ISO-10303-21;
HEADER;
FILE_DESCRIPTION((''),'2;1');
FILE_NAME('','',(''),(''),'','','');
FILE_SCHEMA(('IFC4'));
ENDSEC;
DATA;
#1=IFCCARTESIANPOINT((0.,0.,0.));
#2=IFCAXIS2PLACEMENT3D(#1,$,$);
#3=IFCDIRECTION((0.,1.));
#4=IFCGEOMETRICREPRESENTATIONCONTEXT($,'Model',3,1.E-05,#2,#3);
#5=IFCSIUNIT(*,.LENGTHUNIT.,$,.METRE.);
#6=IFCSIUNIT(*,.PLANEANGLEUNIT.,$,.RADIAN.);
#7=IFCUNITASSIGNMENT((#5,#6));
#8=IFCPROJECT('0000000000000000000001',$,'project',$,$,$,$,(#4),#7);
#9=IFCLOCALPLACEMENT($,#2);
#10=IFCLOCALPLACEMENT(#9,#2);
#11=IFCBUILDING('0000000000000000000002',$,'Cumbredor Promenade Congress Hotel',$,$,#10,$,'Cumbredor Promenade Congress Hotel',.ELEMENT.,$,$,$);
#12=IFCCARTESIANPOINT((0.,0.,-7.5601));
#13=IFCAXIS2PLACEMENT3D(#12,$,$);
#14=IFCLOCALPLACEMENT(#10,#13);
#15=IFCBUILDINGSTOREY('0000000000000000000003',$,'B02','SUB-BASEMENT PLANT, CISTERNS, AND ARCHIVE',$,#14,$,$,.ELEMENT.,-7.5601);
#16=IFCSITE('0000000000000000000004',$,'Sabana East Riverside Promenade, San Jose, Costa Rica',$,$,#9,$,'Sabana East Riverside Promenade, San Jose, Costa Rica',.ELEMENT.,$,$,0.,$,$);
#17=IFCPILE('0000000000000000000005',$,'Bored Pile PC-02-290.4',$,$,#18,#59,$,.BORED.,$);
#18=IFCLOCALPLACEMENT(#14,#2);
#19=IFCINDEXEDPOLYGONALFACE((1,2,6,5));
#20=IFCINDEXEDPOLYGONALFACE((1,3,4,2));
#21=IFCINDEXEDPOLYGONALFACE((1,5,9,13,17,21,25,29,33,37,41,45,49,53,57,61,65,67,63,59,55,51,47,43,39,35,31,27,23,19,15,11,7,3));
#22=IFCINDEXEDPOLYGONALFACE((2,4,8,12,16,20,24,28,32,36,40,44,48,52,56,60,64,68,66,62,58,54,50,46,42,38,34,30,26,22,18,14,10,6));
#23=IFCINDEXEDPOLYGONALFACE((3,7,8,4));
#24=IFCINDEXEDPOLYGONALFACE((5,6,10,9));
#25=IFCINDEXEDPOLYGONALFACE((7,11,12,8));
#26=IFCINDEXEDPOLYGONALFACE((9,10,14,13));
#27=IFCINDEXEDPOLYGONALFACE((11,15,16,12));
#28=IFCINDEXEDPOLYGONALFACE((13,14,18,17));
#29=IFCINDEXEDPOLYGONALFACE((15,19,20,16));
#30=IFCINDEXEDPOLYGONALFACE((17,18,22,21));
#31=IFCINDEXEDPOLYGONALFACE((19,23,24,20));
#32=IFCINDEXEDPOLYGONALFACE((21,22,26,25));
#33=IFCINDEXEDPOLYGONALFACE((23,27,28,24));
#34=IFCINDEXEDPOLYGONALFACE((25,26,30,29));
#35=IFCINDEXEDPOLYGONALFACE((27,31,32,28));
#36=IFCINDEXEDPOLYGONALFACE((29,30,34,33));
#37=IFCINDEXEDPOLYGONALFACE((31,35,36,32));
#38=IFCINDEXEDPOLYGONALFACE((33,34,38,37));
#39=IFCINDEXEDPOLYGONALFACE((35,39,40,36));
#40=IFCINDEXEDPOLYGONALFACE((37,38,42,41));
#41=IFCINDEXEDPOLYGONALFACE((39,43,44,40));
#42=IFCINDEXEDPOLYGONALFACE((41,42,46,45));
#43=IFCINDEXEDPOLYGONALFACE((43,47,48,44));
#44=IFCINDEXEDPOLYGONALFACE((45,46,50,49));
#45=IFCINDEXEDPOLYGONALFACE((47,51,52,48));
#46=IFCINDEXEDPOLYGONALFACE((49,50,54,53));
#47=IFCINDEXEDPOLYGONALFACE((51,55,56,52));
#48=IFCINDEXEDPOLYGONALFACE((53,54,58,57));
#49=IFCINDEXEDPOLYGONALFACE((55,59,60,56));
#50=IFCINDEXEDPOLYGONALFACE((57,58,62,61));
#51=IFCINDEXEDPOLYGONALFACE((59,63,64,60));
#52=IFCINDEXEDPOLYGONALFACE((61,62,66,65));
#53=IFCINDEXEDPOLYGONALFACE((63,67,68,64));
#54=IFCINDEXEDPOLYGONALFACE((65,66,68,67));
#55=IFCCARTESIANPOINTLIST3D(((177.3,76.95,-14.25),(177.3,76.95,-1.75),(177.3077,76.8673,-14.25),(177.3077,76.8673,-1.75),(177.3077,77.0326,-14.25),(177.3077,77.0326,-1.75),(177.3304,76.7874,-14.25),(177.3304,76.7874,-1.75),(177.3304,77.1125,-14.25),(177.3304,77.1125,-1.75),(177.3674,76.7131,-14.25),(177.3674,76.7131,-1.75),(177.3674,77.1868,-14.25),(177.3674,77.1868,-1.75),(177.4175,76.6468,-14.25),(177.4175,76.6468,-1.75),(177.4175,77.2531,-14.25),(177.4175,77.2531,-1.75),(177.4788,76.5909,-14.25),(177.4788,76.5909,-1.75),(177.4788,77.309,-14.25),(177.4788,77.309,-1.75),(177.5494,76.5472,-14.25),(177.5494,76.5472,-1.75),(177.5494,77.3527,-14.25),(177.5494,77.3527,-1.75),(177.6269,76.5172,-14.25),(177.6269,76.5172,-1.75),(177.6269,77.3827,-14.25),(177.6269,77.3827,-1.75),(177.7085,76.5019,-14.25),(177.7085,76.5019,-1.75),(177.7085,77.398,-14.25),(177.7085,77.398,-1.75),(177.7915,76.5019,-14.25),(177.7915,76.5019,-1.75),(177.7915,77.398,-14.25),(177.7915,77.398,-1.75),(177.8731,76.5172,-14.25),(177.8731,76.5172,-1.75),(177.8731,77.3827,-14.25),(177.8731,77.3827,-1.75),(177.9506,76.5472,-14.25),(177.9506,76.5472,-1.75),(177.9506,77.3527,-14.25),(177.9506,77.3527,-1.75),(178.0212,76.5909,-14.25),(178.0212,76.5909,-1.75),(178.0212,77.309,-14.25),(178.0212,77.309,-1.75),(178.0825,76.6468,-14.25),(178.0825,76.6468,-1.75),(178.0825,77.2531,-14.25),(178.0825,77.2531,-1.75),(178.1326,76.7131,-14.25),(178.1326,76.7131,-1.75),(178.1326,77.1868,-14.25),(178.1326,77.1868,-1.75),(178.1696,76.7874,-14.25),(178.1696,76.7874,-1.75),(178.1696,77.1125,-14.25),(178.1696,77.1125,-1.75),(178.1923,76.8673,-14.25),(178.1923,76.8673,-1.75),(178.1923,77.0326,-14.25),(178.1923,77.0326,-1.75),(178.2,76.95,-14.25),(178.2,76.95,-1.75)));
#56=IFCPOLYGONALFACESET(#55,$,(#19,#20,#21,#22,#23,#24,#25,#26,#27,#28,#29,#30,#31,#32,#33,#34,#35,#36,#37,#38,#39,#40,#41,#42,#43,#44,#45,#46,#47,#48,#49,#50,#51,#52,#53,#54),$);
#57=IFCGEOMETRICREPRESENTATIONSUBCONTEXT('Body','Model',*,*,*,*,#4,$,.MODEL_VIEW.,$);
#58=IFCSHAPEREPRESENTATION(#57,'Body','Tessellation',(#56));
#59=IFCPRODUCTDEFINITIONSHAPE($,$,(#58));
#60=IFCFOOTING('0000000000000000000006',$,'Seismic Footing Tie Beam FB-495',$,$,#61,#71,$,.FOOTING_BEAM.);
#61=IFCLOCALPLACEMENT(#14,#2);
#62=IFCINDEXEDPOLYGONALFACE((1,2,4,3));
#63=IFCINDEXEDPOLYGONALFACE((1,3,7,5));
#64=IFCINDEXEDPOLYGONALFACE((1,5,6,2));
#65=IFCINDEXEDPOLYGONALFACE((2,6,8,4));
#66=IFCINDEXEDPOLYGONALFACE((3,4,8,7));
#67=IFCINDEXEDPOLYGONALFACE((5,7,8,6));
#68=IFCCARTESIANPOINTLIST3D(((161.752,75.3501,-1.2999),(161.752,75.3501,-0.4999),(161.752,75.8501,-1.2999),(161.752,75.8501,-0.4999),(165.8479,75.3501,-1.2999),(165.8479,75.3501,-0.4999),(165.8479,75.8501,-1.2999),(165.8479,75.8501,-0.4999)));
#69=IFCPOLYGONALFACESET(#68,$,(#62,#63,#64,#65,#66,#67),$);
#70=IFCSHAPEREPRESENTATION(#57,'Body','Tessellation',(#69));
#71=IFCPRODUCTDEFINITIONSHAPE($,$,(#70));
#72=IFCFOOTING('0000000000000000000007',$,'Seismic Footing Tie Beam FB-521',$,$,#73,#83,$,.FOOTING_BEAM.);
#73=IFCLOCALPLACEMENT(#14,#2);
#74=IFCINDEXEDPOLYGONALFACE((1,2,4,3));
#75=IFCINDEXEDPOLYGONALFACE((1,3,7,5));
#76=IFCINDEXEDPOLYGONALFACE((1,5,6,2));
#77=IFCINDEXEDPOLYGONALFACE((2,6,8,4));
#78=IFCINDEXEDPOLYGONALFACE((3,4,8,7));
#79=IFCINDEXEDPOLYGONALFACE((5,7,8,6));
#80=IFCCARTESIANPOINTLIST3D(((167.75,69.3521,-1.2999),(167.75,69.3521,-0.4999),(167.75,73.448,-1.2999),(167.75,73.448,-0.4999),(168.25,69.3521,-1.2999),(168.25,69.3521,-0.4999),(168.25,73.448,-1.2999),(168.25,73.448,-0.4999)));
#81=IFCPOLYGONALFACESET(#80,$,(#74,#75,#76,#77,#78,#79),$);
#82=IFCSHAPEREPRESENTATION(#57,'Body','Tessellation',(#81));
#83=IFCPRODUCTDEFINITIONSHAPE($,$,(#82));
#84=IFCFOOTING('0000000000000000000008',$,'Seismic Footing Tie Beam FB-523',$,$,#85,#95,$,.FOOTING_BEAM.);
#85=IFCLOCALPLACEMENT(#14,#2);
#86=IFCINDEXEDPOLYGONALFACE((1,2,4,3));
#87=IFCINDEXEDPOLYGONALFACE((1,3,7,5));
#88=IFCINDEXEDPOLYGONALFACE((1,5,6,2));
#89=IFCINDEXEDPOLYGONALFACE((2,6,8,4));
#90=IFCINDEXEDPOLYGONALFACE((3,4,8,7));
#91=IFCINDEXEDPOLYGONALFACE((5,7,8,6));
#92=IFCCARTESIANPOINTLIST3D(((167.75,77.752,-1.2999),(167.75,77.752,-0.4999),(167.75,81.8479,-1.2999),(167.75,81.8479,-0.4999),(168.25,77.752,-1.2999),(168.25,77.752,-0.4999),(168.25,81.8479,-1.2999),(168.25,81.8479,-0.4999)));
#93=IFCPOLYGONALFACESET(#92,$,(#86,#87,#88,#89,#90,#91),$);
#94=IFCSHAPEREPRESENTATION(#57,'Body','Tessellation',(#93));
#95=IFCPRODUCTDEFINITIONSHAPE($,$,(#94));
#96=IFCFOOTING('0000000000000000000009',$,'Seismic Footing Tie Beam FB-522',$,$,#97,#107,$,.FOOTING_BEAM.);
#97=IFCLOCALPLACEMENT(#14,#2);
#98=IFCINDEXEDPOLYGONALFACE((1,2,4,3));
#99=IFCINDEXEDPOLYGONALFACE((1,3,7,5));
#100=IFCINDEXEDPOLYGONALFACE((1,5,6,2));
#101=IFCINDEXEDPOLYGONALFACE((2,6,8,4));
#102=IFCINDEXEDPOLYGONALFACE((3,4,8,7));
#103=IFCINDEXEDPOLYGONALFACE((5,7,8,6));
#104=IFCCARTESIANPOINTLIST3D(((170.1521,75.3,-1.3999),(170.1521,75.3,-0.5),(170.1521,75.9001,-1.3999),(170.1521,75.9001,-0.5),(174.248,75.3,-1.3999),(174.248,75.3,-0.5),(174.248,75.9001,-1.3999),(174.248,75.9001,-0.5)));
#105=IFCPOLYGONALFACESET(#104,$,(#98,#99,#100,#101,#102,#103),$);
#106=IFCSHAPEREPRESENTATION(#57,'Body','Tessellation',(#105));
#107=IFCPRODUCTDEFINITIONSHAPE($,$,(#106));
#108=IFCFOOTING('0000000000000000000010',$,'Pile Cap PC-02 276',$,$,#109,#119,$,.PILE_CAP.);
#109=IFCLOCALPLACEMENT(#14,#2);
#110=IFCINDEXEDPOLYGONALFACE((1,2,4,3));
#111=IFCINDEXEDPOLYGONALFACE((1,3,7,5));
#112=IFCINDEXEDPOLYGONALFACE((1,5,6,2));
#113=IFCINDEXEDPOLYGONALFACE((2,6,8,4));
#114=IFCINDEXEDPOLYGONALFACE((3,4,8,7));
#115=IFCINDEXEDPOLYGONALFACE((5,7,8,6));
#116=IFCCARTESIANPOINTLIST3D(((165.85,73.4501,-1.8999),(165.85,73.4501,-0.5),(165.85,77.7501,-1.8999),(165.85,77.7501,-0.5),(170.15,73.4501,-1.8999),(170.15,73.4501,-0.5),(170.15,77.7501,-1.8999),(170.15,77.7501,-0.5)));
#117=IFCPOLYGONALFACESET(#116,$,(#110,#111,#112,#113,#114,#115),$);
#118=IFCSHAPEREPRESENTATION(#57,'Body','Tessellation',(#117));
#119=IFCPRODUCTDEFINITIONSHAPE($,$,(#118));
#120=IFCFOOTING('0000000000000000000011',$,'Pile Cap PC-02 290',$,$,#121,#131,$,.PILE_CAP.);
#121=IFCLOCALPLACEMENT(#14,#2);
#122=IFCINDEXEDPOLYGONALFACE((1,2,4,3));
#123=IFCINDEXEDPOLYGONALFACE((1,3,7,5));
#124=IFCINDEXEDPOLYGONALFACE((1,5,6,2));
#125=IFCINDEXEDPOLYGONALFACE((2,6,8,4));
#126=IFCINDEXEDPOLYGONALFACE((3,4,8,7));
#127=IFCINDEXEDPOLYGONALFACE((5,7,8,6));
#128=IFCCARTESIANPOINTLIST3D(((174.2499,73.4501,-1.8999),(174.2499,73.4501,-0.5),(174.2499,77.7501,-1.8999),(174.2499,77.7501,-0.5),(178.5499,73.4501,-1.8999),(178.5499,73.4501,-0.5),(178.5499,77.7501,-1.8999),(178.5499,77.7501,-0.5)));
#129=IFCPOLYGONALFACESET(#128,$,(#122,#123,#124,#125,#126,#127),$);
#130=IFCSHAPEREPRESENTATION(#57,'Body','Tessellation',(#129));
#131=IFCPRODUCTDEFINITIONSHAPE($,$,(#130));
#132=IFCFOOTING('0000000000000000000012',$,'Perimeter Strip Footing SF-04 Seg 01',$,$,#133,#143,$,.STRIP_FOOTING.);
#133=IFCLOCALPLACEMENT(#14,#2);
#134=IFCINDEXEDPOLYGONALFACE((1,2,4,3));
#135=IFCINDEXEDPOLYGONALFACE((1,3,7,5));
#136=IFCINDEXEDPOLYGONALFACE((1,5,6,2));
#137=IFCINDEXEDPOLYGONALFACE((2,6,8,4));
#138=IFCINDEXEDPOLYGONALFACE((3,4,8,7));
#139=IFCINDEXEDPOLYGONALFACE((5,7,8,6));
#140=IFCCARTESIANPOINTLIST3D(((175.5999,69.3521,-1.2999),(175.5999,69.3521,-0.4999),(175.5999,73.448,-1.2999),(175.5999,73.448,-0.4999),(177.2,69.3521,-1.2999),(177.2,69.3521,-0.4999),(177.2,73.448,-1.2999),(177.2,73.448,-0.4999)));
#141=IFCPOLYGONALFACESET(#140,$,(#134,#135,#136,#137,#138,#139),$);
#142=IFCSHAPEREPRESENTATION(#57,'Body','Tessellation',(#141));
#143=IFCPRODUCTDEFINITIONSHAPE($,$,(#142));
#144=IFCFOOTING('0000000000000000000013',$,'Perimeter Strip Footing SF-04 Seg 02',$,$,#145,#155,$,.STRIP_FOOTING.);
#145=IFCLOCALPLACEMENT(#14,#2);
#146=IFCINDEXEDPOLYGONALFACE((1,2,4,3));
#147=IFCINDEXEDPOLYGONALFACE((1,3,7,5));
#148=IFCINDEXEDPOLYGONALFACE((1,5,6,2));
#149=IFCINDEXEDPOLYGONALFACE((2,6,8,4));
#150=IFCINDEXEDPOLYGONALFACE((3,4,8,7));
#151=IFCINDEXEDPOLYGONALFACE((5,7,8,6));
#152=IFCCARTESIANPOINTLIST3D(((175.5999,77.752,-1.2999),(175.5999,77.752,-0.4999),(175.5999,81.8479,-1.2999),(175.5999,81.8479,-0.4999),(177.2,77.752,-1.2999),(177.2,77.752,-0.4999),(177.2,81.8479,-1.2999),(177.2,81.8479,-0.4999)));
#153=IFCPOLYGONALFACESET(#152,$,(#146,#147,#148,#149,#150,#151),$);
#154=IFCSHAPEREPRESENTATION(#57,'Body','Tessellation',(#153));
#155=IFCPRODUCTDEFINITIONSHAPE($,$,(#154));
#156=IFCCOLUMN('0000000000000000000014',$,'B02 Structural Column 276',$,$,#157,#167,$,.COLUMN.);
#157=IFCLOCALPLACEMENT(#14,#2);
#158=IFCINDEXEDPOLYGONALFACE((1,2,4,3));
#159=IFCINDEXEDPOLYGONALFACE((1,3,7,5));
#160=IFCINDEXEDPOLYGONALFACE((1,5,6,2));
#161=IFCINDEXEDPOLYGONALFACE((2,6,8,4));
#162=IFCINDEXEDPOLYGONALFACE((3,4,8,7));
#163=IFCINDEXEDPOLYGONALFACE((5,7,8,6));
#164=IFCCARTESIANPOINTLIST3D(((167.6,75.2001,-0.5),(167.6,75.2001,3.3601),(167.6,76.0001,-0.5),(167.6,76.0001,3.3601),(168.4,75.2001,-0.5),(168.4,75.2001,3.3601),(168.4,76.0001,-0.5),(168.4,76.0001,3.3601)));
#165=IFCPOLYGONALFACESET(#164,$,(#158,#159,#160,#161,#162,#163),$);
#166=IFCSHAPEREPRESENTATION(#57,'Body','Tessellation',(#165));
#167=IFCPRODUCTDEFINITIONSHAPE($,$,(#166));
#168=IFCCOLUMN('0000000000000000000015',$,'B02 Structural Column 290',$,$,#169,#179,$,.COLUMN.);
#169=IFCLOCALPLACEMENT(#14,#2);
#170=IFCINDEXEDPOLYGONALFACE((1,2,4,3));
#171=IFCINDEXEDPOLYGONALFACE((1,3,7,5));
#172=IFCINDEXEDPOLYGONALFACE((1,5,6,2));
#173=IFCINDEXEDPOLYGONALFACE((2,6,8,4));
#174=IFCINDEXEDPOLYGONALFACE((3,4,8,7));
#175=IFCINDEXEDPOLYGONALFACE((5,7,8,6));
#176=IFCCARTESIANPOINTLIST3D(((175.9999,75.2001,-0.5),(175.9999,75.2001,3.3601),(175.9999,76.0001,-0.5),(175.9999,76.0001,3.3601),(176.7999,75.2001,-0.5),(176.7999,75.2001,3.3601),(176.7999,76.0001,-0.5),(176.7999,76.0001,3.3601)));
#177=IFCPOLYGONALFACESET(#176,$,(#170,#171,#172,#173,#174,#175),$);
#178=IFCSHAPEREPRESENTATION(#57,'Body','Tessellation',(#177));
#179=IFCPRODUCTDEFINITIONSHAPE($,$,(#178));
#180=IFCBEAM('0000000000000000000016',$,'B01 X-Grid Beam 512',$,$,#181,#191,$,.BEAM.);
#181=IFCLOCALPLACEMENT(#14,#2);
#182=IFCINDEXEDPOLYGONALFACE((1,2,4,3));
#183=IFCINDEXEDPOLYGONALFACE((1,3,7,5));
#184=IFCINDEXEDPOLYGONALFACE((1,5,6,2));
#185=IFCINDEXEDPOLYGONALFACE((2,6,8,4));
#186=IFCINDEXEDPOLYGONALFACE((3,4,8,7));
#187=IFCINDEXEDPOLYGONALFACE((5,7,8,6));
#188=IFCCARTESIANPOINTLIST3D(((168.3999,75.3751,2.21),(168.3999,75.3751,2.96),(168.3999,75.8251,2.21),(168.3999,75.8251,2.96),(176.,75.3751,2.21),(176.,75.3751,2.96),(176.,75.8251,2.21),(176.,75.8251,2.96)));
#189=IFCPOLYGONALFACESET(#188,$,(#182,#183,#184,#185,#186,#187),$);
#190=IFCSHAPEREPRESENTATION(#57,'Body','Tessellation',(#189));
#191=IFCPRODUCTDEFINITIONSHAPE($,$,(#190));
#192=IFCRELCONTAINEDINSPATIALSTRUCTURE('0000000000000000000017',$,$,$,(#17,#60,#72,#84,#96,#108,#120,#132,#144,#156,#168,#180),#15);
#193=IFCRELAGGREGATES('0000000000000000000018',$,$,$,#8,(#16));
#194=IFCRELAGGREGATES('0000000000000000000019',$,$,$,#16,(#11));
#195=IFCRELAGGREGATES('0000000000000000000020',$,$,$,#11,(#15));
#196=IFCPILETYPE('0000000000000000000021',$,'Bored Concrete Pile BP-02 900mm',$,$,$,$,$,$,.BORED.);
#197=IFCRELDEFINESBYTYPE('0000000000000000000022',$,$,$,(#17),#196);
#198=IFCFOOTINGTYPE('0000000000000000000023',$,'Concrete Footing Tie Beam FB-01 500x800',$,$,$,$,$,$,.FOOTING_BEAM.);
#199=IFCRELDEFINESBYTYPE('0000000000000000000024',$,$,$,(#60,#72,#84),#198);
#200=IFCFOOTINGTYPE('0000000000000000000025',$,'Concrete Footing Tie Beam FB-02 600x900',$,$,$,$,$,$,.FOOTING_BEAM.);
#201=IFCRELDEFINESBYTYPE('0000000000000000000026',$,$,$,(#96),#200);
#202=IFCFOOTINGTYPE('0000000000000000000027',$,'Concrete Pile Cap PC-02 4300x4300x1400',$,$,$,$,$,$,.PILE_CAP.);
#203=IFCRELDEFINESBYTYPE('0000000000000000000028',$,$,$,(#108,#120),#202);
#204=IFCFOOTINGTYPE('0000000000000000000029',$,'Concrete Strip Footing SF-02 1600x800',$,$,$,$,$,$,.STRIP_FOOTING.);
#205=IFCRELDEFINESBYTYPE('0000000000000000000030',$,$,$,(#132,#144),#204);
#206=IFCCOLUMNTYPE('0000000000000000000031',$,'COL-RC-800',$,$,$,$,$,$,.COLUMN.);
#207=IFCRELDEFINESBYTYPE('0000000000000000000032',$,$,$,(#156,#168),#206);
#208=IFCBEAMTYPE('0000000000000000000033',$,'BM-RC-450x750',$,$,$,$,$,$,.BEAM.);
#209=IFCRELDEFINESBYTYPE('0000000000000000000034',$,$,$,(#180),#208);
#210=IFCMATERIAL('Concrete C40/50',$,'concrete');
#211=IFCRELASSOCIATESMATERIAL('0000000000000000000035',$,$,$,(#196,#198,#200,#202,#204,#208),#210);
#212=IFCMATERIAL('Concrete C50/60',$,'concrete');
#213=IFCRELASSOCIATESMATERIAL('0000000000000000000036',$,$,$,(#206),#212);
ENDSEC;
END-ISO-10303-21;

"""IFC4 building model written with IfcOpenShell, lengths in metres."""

from ifc_helpers import new_model, si_unit, direction, frame, origin, origin_2d, place, context, subcontext, project, spatial, rectangle, circle, extrude, material, material_profile, profile_set, type_object, element, save


model = new_model("IFC4")

# Units and contexts
model_context = context("Model", 3, precision=1e-05, world=origin(), true_north=direction((0.0, 1.0)))
body_context = subcontext(model_context, "Body", "Model", "MODEL_VIEW")
ifc_project = project(units=[si_unit("LENGTHUNIT", "METRE"), si_unit("PLANEANGLEUNIT", "RADIAN")], contexts=[model_context])

# Site, building, storey
site_placement = place(None, origin())
site = spatial("IfcSite", under=ifc_project, at=site_placement, Name="Sabana East Riverside Promenade, San Jose, Costa Rica", LongName="Sabana East Riverside Promenade, San Jose, Costa Rica", CompositionType="ELEMENT", RefElevation=0.0)
building_placement = place(site_placement, origin())
building = spatial("IfcBuilding", under=site, at=building_placement, Name="Cumbredor Promenade Congress Hotel", LongName="Cumbredor Promenade Congress Hotel", CompositionType="ELEMENT")
storey_placement = place(building_placement, frame((0.0, 0.0, -7.5601)))
storey = spatial("IfcBuildingStorey", under=building, at=storey_placement, Name="B02", Description="SUB-BASEMENT PLANT, CISTERNS, AND ARCHIVE", CompositionType="ELEMENT", Elevation=-7.5601)

# Pile
ifc_material_1 = material(Name="Concrete C40/50", Category="concrete")
ifc_material_profile_1 = material_profile(ifc_material_1, circle(Radius=0.45, at=origin_2d()), Name="PILE D900")
ifc_profile_set_1 = profile_set([ifc_material_profile_1], Name="Concrete C40/50")
pile_type = type_object("IfcPileType", Name="Bored Concrete Pile BP-02 900mm", PredefinedType="BORED", material=ifc_profile_set_1)
for number, where, z_axis, x_axis, name in (
    (1, (177.75, 76.95, -1.75), (0.0, 0.0, -1.0), (1.0, 0.0, 0.0), "Bored Pile PC-02-290.4"),
):
    element("IfcPile", number, at=place(storey_placement, frame(where, z_axis=z_axis, x_axis=x_axis)), inside=storey, type_object=pile_type, Name=name, PredefinedType="BORED", context=body_context, shape_type="SweptSolid", body=[
        extrude(circle(Radius=0.45, at=origin_2d()), origin(), (0.0, 0.0, 1.0), 12.5),
    ])

# Footings
ifc_material_profile_2 = material_profile(ifc_material_1, rectangle(XDim=0.5, YDim=0.8, at=origin_2d()), Name="FB 500x800")
ifc_profile_set_2 = profile_set([ifc_material_profile_2], Name="Concrete C40/50")
footing_type_1 = type_object("IfcFootingType", Name="Concrete Footing Tie Beam FB-01 500x800", PredefinedType="FOOTING_BEAM", material=ifc_profile_set_2)
for number, where, z_axis, x_axis, name in (
    (2, (161.752, 75.6001, -0.8999), (1.0, 0.0, 0.0), (0.0, 1.0, 0.0), "Seismic Footing Tie Beam FB-495"),
    (3, (168.0, 69.3521, -0.8999), (0.0, 1.0, 0.0), (-1.0, 0.0, 0.0), "Seismic Footing Tie Beam FB-521"),
    (4, (168.0, 77.752, -0.8999), (0.0, 1.0, 0.0), (-1.0, 0.0, 0.0), "Seismic Footing Tie Beam FB-523"),
):
    element("IfcFooting", number, at=place(storey_placement, frame(where, z_axis=z_axis, x_axis=x_axis)), inside=storey, type_object=footing_type_1, Name=name, PredefinedType="FOOTING_BEAM", context=body_context, shape_type="SweptSolid", body=[
        extrude(rectangle(XDim=0.5, YDim=0.8, at=origin_2d()), origin(), (0.0, 0.0, 1.0), 4.0959),
    ])
ifc_material_profile_3 = material_profile(ifc_material_1, rectangle(XDim=0.6001, YDim=0.8999, at=origin_2d()), Name="FB 600x900")
ifc_profile_set_3 = profile_set([ifc_material_profile_3], Name="Concrete C40/50")
footing_type_2 = type_object("IfcFootingType", Name="Concrete Footing Tie Beam FB-02 600x900", PredefinedType="FOOTING_BEAM", material=ifc_profile_set_3)
footing_placement = place(storey_placement, frame((170.1521, 75.6001, -0.95), z_axis=(1.0, 0.0, 0.0), x_axis=(0.0, 1.0, 0.0)))
element("IfcFooting", 5, at=footing_placement, inside=storey, type_object=footing_type_2, Name="Seismic Footing Tie Beam FB-522", PredefinedType="FOOTING_BEAM", context=body_context, shape_type="SweptSolid", body=[
    extrude(rectangle(XDim=0.6001, YDim=0.8999, at=origin_2d()), origin(), (0.0, 0.0, 1.0), 4.0959),
])
footing_type_3 = type_object("IfcFootingType", Name="Concrete Pile Cap PC-02 4300x4300x1400", PredefinedType="PILE_CAP", material=ifc_material_1)
for number, where, z_axis, x_axis, name in (
    (6, (168.0, 75.6001, -1.8999), (0.0, 0.0, 1.0), (1.0, 0.0, 0.0), "Pile Cap PC-02 276"),
    (7, (176.3999, 75.6001, -1.8999), (0.0, 0.0, 1.0), (1.0, 0.0, 0.0), "Pile Cap PC-02 290"),
):
    element("IfcFooting", number, at=place(storey_placement, frame(where, z_axis=z_axis, x_axis=x_axis)), inside=storey, type_object=footing_type_3, Name=name, PredefinedType="PILE_CAP", context=body_context, shape_type="SweptSolid", body=[
        extrude(rectangle(XDim=4.3, YDim=4.3, at=origin_2d()), origin(), (0.0, 0.0, 1.0), 1.3999),
    ])
ifc_material_profile_4 = material_profile(ifc_material_1, rectangle(XDim=1.6001, YDim=0.8, at=origin_2d()), Name="SF 1600x800")
ifc_profile_set_4 = profile_set([ifc_material_profile_4], Name="Concrete C40/50")
footing_type_4 = type_object("IfcFootingType", Name="Concrete Strip Footing SF-02 1600x800", PredefinedType="STRIP_FOOTING", material=ifc_profile_set_4)
for number, where, z_axis, x_axis, name in (
    (8, (176.3999, 69.3521, -0.8999), (0.0, 1.0, 0.0), (-1.0, 0.0, 0.0), "Perimeter Strip Footing SF-04 Seg 01"),
    (9, (176.3999, 77.752, -0.8999), (0.0, 1.0, 0.0), (-1.0, 0.0, 0.0), "Perimeter Strip Footing SF-04 Seg 02"),
):
    element("IfcFooting", number, at=place(storey_placement, frame(where, z_axis=z_axis, x_axis=x_axis)), inside=storey, type_object=footing_type_4, Name=name, PredefinedType="STRIP_FOOTING", context=body_context, shape_type="SweptSolid", body=[
        extrude(rectangle(XDim=1.6001, YDim=0.8, at=origin_2d()), origin(), (0.0, 0.0, 1.0), 4.0959),
    ])

# Columns
ifc_material_2 = material(Name="Concrete C50/60", Category="concrete")
ifc_material_profile_5 = material_profile(ifc_material_2, rectangle(XDim=0.8, YDim=0.8, at=origin_2d()), Name="RC 800x800")
ifc_profile_set_5 = profile_set([ifc_material_profile_5], Name="Concrete C50/60")
column_type = type_object("IfcColumnType", Name="COL-RC-800", PredefinedType="COLUMN", material=ifc_profile_set_5)
for number, where, z_axis, x_axis, name in (
    (10, (168.0, 75.6001, -0.5), (0.0, 0.0, 1.0), (1.0, 0.0, 0.0), "B02 Structural Column 276"),
    (11, (176.3999, 75.6001, -0.5), (0.0, 0.0, 1.0), (1.0, 0.0, 0.0), "B02 Structural Column 290"),
):
    element("IfcColumn", number, at=place(storey_placement, frame(where, z_axis=z_axis, x_axis=x_axis)), inside=storey, type_object=column_type, Name=name, PredefinedType="COLUMN", context=body_context, shape_type="SweptSolid", body=[
        extrude(rectangle(XDim=0.8, YDim=0.8, at=origin_2d()), origin(), (0.0, 0.0, 1.0), 3.8601),
    ])

# Beam
ifc_material_profile_6 = material_profile(ifc_material_1, rectangle(XDim=0.45, YDim=0.75, at=origin_2d()), Name="RC BEAM 450x750")
ifc_profile_set_6 = profile_set([ifc_material_profile_6], Name="Concrete C40/50")
beam_type_1 = type_object("IfcBeamType", Name="BM-RC-450x750", PredefinedType="BEAM", material=ifc_profile_set_6)
for number, where, z_axis, x_axis, name in (
    (12, (168.3999, 75.6001, 2.585), (1.0, 0.0, 0.0), (0.0, 1.0, 0.0), "B01 X-Grid Beam 512"),
):
    element("IfcBeam", number, at=place(storey_placement, frame(where, z_axis=z_axis, x_axis=x_axis)), inside=storey, type_object=beam_type_1, Name=name, PredefinedType="BEAM", context=body_context, shape_type="SweptSolid", body=[
        extrude(rectangle(XDim=0.45, YDim=0.75, at=origin_2d()), origin(), (0.0, 0.0, 1.0), 7.6001),
    ])

save(model, "model.ifc")
